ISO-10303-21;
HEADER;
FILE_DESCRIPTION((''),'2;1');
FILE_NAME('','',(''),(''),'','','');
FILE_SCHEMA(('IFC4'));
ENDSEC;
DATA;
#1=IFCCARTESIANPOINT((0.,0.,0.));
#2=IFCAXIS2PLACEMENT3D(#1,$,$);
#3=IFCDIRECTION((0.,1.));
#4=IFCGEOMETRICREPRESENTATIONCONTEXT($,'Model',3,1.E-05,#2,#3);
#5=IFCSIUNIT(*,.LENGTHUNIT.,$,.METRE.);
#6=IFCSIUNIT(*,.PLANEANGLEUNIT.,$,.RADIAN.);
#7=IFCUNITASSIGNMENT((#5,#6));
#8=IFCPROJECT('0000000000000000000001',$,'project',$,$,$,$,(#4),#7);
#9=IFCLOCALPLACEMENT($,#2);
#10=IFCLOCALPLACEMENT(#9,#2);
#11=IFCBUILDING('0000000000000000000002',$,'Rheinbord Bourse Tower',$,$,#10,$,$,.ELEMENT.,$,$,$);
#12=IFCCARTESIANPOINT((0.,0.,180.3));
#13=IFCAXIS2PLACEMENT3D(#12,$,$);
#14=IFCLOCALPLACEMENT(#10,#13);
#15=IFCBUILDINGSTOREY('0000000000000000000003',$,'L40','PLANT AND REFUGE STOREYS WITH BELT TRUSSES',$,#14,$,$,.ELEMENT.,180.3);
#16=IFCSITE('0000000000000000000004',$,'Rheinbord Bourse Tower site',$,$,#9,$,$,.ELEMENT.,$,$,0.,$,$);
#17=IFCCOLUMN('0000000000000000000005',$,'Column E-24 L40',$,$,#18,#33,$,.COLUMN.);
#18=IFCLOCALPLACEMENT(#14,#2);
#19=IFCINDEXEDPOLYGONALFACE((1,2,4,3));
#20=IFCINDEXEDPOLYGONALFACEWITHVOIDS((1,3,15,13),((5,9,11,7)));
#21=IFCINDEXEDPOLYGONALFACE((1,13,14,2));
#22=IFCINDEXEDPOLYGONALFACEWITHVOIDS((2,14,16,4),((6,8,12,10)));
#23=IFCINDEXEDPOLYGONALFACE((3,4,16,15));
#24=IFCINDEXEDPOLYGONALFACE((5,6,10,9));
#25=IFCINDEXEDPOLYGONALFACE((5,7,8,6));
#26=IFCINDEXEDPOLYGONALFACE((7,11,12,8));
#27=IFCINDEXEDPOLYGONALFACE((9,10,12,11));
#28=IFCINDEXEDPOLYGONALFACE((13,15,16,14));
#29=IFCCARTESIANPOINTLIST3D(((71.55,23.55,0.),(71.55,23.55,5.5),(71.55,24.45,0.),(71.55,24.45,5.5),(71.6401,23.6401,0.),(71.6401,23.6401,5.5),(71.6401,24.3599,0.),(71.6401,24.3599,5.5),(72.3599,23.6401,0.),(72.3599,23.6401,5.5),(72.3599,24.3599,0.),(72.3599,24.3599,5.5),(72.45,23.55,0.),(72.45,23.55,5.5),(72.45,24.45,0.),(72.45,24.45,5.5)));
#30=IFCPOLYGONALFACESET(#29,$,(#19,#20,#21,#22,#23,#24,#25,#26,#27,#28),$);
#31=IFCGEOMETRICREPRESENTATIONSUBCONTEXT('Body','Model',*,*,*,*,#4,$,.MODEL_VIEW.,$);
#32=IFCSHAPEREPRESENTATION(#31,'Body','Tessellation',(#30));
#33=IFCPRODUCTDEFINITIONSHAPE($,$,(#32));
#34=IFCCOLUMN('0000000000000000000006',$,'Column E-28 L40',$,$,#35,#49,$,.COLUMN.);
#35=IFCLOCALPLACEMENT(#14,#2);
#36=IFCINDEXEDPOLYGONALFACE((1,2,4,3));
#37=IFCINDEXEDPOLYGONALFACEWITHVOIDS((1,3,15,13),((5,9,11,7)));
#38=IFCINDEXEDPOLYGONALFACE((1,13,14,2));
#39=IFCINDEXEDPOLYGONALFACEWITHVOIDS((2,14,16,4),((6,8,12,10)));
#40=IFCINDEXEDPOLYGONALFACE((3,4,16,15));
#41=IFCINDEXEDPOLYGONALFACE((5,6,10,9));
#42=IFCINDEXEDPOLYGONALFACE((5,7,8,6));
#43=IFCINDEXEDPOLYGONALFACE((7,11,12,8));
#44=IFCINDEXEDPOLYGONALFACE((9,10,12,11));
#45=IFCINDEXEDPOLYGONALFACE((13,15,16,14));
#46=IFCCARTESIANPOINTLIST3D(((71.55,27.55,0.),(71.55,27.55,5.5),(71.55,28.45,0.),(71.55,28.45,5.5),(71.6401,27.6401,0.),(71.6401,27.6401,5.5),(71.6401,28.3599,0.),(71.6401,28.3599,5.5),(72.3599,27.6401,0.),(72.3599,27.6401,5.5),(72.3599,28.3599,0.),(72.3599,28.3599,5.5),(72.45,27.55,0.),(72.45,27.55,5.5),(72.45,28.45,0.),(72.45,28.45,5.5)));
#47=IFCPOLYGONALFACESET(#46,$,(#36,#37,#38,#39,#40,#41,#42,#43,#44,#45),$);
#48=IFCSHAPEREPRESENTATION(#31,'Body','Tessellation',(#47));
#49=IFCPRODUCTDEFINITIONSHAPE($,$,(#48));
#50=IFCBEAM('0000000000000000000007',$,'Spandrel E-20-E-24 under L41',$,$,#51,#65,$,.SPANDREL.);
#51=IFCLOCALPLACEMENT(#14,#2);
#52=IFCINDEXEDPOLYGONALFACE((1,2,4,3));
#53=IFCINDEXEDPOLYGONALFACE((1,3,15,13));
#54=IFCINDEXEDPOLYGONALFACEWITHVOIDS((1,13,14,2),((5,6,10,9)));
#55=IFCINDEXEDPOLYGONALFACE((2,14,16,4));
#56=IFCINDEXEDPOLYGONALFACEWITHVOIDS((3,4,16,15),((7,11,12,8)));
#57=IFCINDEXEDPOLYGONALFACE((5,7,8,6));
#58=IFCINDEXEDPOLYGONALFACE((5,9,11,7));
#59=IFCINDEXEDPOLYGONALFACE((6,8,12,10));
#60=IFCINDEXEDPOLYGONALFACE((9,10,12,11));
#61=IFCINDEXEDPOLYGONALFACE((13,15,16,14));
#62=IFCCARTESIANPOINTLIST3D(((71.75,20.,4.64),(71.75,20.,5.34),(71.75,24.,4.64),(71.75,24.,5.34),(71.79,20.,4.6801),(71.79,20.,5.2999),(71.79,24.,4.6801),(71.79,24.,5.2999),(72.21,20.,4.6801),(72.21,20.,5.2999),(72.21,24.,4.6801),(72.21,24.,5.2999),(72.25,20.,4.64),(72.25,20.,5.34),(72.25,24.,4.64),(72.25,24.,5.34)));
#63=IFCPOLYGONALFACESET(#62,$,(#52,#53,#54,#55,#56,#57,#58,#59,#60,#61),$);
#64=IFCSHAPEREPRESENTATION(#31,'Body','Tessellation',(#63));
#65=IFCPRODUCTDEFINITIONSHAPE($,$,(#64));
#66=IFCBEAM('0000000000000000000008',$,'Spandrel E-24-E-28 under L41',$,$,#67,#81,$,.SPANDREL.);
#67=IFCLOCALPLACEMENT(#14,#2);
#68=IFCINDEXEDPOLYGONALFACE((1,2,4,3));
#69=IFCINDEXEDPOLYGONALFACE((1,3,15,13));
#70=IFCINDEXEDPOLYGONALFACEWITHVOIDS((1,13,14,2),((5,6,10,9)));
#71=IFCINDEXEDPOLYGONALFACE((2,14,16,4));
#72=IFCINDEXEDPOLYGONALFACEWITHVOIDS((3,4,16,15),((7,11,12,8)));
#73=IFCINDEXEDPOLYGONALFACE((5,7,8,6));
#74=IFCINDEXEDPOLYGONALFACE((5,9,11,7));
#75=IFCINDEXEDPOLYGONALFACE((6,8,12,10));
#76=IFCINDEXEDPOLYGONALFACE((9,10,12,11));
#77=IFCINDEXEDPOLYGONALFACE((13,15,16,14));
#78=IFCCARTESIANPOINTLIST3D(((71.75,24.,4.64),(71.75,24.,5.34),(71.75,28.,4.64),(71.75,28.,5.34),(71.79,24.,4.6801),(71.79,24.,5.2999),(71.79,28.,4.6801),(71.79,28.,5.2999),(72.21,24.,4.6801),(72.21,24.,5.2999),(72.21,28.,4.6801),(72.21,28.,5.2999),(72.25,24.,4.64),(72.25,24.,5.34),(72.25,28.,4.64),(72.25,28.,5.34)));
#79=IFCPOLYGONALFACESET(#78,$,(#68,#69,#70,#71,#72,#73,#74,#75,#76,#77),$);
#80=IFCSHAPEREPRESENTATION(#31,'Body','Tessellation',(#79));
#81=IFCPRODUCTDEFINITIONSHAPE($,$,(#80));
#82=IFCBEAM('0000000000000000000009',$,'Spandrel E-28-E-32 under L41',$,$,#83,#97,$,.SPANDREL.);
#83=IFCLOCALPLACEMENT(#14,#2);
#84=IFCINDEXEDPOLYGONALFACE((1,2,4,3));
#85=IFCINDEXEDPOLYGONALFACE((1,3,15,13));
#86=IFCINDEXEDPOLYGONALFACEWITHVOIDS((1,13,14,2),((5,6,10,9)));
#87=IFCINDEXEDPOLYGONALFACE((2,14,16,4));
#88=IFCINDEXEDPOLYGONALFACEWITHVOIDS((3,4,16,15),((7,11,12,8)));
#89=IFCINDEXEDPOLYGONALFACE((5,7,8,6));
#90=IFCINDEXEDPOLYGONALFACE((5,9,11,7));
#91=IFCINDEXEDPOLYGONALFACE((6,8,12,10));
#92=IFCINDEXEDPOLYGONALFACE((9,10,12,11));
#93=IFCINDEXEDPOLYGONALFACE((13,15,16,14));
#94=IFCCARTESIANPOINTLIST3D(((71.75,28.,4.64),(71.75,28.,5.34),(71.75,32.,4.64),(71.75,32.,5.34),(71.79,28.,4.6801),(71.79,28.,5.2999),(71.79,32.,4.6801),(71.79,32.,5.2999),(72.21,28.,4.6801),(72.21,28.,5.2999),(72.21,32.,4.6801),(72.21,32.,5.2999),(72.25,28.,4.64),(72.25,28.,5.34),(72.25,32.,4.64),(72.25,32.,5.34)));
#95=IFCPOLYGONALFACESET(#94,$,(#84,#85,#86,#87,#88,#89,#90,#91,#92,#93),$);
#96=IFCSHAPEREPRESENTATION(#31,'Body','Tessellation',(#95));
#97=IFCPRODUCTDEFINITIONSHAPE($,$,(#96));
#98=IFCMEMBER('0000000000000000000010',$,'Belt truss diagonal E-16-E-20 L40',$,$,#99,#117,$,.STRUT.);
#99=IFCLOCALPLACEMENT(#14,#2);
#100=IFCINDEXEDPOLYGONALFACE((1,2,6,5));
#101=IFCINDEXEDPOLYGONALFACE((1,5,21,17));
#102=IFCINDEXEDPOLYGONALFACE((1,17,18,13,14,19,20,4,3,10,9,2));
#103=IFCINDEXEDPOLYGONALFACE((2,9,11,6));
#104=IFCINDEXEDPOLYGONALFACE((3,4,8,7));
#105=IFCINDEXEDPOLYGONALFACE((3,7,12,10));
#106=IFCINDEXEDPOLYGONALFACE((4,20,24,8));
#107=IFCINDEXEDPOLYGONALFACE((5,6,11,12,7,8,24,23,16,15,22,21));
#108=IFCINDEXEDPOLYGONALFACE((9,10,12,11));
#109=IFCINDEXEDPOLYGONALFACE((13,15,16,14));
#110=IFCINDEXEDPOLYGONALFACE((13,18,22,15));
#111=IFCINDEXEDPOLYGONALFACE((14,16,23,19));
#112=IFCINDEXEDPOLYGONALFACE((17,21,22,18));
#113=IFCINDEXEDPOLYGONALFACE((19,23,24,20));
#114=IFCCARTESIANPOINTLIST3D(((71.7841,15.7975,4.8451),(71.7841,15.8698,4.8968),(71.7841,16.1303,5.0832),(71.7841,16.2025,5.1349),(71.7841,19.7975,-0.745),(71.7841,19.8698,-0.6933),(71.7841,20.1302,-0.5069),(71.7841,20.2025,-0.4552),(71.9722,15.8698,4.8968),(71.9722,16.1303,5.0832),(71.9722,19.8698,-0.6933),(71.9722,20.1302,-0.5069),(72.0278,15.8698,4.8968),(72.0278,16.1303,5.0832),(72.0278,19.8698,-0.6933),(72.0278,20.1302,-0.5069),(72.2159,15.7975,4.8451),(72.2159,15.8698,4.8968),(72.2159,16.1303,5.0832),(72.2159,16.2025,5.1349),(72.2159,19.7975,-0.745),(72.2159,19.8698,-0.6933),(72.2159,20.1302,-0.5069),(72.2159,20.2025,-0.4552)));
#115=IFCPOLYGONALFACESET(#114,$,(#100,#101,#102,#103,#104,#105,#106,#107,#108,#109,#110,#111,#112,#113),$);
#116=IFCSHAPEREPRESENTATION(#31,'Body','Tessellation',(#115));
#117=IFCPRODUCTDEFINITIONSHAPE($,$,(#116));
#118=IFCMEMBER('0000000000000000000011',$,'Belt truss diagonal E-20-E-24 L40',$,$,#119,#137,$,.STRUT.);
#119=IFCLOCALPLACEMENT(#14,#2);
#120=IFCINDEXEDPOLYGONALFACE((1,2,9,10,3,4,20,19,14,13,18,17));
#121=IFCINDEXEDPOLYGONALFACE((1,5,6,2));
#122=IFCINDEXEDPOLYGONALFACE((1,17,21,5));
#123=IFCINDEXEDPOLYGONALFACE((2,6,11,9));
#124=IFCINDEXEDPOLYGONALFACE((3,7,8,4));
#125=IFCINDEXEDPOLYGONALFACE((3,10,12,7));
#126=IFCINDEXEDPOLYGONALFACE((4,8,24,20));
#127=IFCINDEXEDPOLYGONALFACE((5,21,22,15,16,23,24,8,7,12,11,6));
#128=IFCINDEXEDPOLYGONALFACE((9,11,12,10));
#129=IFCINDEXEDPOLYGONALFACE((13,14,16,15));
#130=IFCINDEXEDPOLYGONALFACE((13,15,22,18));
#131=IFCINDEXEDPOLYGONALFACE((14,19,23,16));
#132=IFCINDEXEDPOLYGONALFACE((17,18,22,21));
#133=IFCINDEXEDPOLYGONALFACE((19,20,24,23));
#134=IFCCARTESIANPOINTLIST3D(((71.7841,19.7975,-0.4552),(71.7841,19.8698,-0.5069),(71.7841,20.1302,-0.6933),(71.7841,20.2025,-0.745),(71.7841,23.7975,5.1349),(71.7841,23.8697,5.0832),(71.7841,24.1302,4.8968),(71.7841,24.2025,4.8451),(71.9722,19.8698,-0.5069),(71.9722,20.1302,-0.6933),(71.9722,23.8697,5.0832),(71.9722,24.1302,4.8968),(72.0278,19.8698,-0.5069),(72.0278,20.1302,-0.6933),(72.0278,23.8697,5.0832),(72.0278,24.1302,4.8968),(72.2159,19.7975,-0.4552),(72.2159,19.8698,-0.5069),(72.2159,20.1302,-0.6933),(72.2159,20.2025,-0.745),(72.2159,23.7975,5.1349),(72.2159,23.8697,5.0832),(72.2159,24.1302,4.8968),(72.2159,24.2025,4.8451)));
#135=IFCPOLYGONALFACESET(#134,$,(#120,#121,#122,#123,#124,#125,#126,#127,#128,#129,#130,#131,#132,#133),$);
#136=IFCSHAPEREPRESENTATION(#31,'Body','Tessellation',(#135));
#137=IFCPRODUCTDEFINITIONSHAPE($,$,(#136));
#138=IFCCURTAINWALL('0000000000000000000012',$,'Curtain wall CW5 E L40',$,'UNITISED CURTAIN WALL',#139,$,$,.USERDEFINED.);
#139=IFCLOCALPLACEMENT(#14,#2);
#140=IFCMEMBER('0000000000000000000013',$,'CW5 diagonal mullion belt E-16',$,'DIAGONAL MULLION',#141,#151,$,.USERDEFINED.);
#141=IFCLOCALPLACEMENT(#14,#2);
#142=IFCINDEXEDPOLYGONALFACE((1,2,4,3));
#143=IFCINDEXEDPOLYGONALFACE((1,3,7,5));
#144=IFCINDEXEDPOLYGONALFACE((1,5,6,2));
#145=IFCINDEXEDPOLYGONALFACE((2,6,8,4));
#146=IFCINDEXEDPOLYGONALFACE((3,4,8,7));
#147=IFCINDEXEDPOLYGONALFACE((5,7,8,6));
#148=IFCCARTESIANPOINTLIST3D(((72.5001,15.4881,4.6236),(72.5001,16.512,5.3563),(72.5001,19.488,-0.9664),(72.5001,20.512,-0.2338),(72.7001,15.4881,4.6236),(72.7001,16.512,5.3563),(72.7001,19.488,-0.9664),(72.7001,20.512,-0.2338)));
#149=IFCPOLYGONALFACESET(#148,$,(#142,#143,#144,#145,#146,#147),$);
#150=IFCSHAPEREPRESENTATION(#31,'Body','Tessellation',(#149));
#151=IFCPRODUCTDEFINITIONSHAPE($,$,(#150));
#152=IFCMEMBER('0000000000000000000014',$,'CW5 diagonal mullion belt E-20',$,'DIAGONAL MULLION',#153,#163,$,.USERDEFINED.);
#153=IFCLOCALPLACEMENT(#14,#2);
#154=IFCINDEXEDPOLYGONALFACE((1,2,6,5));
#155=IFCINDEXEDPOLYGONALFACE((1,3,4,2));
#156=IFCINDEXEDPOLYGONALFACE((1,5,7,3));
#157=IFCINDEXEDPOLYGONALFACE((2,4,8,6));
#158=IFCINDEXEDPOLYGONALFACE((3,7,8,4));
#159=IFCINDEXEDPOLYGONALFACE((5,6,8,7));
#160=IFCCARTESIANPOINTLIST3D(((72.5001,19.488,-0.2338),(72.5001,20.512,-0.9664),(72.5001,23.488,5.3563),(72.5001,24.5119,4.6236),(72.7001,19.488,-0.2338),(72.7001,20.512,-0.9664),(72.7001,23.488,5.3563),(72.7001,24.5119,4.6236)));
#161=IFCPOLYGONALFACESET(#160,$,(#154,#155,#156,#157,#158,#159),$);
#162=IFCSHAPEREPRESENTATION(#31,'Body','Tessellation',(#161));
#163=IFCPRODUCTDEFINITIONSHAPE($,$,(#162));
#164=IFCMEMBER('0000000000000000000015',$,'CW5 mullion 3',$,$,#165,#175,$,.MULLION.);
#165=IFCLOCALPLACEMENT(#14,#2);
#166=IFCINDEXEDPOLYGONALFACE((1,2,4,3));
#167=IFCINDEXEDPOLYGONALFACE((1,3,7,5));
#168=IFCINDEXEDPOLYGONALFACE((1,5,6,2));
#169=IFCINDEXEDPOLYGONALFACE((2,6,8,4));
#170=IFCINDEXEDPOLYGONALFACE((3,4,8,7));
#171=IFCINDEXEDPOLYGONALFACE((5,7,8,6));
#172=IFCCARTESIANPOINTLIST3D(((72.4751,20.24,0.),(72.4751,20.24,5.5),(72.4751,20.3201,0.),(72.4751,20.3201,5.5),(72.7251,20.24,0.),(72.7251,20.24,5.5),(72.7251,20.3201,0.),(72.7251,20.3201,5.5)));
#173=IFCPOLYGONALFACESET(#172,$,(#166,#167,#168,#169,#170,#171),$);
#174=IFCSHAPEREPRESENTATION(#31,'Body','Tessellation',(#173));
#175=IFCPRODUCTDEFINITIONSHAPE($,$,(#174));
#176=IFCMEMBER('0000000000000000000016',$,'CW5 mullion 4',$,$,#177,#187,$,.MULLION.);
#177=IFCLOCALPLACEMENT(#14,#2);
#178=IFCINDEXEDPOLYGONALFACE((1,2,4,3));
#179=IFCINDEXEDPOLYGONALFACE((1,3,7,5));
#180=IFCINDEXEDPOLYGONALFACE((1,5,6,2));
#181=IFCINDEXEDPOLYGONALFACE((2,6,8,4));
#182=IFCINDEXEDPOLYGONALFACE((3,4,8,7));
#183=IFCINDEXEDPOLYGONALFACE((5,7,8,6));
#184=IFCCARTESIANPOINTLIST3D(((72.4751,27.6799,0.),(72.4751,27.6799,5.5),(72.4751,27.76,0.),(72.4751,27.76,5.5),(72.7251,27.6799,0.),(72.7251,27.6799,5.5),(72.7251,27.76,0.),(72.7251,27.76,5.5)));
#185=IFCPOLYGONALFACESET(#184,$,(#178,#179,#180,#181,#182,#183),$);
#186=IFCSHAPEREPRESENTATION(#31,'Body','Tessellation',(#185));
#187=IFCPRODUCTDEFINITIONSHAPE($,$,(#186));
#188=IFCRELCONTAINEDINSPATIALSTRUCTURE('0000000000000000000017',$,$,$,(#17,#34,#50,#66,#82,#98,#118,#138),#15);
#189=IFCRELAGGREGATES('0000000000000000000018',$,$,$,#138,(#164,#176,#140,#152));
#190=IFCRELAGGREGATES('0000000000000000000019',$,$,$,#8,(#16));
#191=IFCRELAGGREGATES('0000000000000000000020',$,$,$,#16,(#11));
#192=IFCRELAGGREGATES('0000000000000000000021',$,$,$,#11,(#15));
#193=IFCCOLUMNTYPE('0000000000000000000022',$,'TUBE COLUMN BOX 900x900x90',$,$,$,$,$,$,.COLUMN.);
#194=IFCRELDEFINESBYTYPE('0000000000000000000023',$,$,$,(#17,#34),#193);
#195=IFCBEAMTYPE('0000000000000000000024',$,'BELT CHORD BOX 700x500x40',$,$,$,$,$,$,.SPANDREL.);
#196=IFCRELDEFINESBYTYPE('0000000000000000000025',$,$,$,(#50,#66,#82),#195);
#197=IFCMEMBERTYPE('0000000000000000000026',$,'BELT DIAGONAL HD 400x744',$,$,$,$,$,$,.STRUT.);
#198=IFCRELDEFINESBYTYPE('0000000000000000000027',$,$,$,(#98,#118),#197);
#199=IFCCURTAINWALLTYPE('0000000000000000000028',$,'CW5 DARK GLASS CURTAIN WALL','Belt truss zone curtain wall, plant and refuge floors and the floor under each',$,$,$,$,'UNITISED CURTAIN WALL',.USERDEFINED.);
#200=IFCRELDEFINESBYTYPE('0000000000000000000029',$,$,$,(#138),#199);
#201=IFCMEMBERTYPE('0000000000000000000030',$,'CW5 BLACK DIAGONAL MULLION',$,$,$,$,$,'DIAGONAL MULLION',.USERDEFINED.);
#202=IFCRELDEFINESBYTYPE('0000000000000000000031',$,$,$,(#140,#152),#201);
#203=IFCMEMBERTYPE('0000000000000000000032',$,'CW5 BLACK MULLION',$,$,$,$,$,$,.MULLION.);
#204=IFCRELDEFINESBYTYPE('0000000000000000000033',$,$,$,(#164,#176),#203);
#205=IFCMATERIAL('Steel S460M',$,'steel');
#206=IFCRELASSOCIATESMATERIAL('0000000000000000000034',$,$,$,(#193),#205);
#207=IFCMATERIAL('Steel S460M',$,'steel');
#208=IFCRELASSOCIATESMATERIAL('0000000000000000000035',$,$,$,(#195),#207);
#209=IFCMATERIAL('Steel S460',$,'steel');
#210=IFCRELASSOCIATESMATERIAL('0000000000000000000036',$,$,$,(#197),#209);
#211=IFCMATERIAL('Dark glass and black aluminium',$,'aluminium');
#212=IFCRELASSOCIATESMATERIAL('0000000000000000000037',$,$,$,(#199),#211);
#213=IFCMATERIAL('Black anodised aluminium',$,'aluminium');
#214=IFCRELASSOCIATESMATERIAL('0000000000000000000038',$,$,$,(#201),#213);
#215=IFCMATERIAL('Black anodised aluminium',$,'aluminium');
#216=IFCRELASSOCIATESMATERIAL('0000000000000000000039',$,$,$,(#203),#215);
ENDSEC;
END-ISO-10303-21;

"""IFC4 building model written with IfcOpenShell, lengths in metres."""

from ifc_helpers import new_model, si_unit, direction, frame, origin, origin_2d, place, context, subcontext, project, spatial, rectangle, hollow_rectangle, i_section, extrude, material, material_profile, profile_set, type_object, element, aggregate, save


model = new_model("IFC4")

# Units and contexts
model_context = context("Model", 3, precision=1e-05, world=origin(), true_north=direction((0.0, 1.0)))
body_context = subcontext(model_context, "Body", "Model", "MODEL_VIEW")
ifc_project = project(units=[si_unit("LENGTHUNIT", "METRE"), si_unit("PLANEANGLEUNIT", "RADIAN")], contexts=[model_context])

# Site, building, storey
site_placement = place(None, origin())
site = spatial("IfcSite", under=ifc_project, at=site_placement, Name="Rheinbord Bourse Tower site", CompositionType="ELEMENT", RefElevation=0.0)
building_placement = place(site_placement, origin())
building = spatial("IfcBuilding", under=site, at=building_placement, Name="Rheinbord Bourse Tower", CompositionType="ELEMENT")
storey_placement = place(building_placement, frame((0.0, 0.0, 180.3)))
storey = spatial("IfcBuildingStorey", under=building, at=storey_placement, Name="L40", Description="PLANT AND REFUGE STOREYS WITH BELT TRUSSES", CompositionType="ELEMENT", Elevation=180.3)

# Columns
ifc_material_1 = material(Name="Steel S460M", Category="steel")
ifc_material_profile_1 = material_profile(ifc_material_1, hollow_rectangle(XDim=0.8999, YDim=0.8999, WallThickness=0.0901, at=origin_2d()), Name="BOX 900x900x90")
ifc_profile_set_1 = profile_set([ifc_material_profile_1], Name="Steel S460M")
column_type = type_object("IfcColumnType", Name="TUBE COLUMN BOX 900x900x90", PredefinedType="COLUMN", material=ifc_profile_set_1)
for number, where, z_axis, x_axis, name in (
    (1, (72.0, 24.0, 0.0), (0.0, 0.0, 1.0), (1.0, 0.0, 0.0), "Column E-24 L40"),
    (2, (72.0, 28.0, 0.0), (0.0, 0.0, 1.0), (1.0, 0.0, 0.0), "Column E-28 L40"),
):
    element("IfcColumn", number, at=place(storey_placement, frame(where, z_axis=z_axis, x_axis=x_axis)), inside=storey, type_object=column_type, Name=name, PredefinedType="COLUMN", context=body_context, shape_type="SweptSolid", body=[
        extrude(hollow_rectangle(XDim=0.8999, YDim=0.8999, WallThickness=0.0901, at=origin_2d()), origin(), (0.0, 0.0, 1.0), 5.5),
    ])

# Beams
ifc_material_2 = material(Name="Steel S460M", Category="steel")
ifc_material_profile_2 = material_profile(ifc_material_2, hollow_rectangle(XDim=0.5, YDim=0.7, WallThickness=0.04, at=origin_2d()), Name="BOX 700x500x40")
ifc_profile_set_2 = profile_set([ifc_material_profile_2], Name="Steel S460M")
beam_type = type_object("IfcBeamType", Name="BELT CHORD BOX 700x500x40", PredefinedType="SPANDREL", material=ifc_profile_set_2)
for number, where, z_axis, x_axis, name in (
    (3, (72.0, 20.0, 4.99), (0.0, 1.0, 0.0), (-1.0, 0.0, 0.0), "Spandrel E-20-E-24 under L41"),
    (4, (72.0, 24.0, 4.99), (0.0, 1.0, 0.0), (-1.0, 0.0, 0.0), "Spandrel E-24-E-28 under L41"),
    (5, (72.0, 28.0, 4.99), (0.0, 1.0, 0.0), (-1.0, 0.0, 0.0), "Spandrel E-28-E-32 under L41"),
):
    element("IfcBeam", number, at=place(storey_placement, frame(where, z_axis=z_axis, x_axis=x_axis)), inside=storey, type_object=beam_type, Name=name, PredefinedType="SPANDREL", context=body_context, shape_type="SweptSolid", body=[
        extrude(hollow_rectangle(XDim=0.5, YDim=0.7, WallThickness=0.04, at=origin_2d()), origin(), (0.0, 0.0, 1.0), 4.0),
    ])

# Members
ifc_material_3 = material(Name="Steel S460", Category="steel")
ifc_material_profile_3 = material_profile(ifc_material_3, i_section(OverallWidth=0.4319, OverallDepth=0.498, WebThickness=0.0557, FlangeThickness=0.0889, at=origin_2d()), Name="HD 400x744")
ifc_profile_set_3 = profile_set([ifc_material_profile_3], Name="Steel S460")
member_type_1 = type_object("IfcMemberType", Name="BELT DIAGONAL HD 400x744", PredefinedType="STRUT", material=ifc_profile_set_3)
for number, where, z_axis, x_axis, name in (
    (6, (72.0, 20.0, -0.6001), (0.0, -0.58192, 0.813246), (1.0, 0.0, 0.0), "Belt truss diagonal E-16-E-20 L40"),
    (7, (72.0, 20.0, -0.6001), (0.0, 0.58192, 0.813246), (-1.0, 0.0, 0.0), "Belt truss diagonal E-20-E-24 L40"),
):
    element("IfcMember", number, at=place(storey_placement, frame(where, z_axis=z_axis, x_axis=x_axis)), inside=storey, type_object=member_type_1, Name=name, PredefinedType="STRUT", context=body_context, shape_type="SweptSolid", body=[
        extrude(i_section(OverallWidth=0.4319, OverallDepth=0.498, WebThickness=0.0557, FlangeThickness=0.0889, at=origin_2d()), origin(), (0.0, 0.0, 1.0), 6.8738),
    ])

# Curtain wall, members
ifc_material_4 = material(Name="Dark glass and black aluminium", Category="aluminium")
curtain_wall_type = type_object("IfcCurtainWallType", Name="CW5 DARK GLASS CURTAIN WALL", Description="Belt truss zone curtain wall, plant and refuge floors and the floor under each", ElementType="UNITISED CURTAIN WALL", PredefinedType="USERDEFINED", material=ifc_material_4)
curtain_wall_placement = place(storey_placement, origin())
curtain_wall = element("IfcCurtainWall", 8, at=curtain_wall_placement, inside=storey, type_object=curtain_wall_type, Name="Curtain wall CW5 E L40", ObjectType="UNITISED CURTAIN WALL", PredefinedType="USERDEFINED")
ifc_material_5 = material(Name="Black anodised aluminium", Category="aluminium")
ifc_material_profile_4 = material_profile(ifc_material_5, rectangle(XDim=0.2, YDim=1.259, at=origin_2d()), Name="CW5 DIAGONAL MULLION 1259x200")
ifc_profile_set_4 = profile_set([ifc_material_profile_4], Name="Black anodised aluminium")
member_type_2 = type_object("IfcMemberType", Name="CW5 BLACK DIAGONAL MULLION", ElementType="DIAGONAL MULLION", PredefinedType="USERDEFINED", material=ifc_profile_set_4)
member_1_placement = place(storey_placement, frame((72.6001, 20.0, -0.6001), z_axis=(0.0, -0.58192, 0.813246), x_axis=(1.0, 0.0, 0.0)))
member_1 = element("IfcMember", 9, at=member_1_placement, type_object=member_type_2, Name="CW5 diagonal mullion belt E-16", ObjectType="DIAGONAL MULLION", PredefinedType="USERDEFINED", context=body_context, shape_type="SweptSolid", body=[
    extrude(rectangle(XDim=0.2, YDim=1.259, at=origin_2d()), origin(), (0.0, 0.0, 1.0), 6.8738),
])
member_2_placement = place(storey_placement, frame((72.6001, 20.0, -0.6001), z_axis=(0.0, 0.58192, 0.813246), x_axis=(-1.0, 0.0, 0.0)))
member_2 = element("IfcMember", 10, at=member_2_placement, type_object=member_type_2, Name="CW5 diagonal mullion belt E-20", ObjectType="DIAGONAL MULLION", PredefinedType="USERDEFINED", context=body_context, shape_type="SweptSolid", body=[
    extrude(rectangle(XDim=0.2, YDim=1.259, at=origin_2d()), origin(), (0.0, 0.0, 1.0), 6.8738),
])
ifc_material_6 = material(Name="Black anodised aluminium", Category="aluminium")
ifc_material_profile_5 = material_profile(ifc_material_6, rectangle(XDim=0.25, YDim=0.0801, at=origin_2d()), Name="CW5 MULLION 80x250")
ifc_profile_set_5 = profile_set([ifc_material_profile_5], Name="Black anodised aluminium")
member_type_3 = type_object("IfcMemberType", Name="CW5 BLACK MULLION", PredefinedType="MULLION", material=ifc_profile_set_5)
member_3_placement = place(storey_placement, frame((72.6001, 20.28, 0.0), z_axis=(0.0, 0.0, 1.0), x_axis=(-1.0, 0.0, 0.0)))
member_3 = element("IfcMember", 11, at=member_3_placement, type_object=member_type_3, Name="CW5 mullion 3", PredefinedType="MULLION", context=body_context, shape_type="SweptSolid", body=[
    extrude(rectangle(XDim=0.25, YDim=0.0801, at=origin_2d()), origin(), (0.0, 0.0, 1.0), 5.5),
])
member_4_placement = place(storey_placement, frame((72.6001, 27.72, 0.0), z_axis=(0.0, 0.0, 1.0), x_axis=(-1.0, 0.0, 0.0)))
member_4 = element("IfcMember", 12, at=member_4_placement, type_object=member_type_3, Name="CW5 mullion 4", PredefinedType="MULLION", context=body_context, shape_type="SweptSolid", body=[
    extrude(rectangle(XDim=0.25, YDim=0.0801, at=origin_2d()), origin(), (0.0, 0.0, 1.0), 5.5),
])
aggregate(curtain_wall, [member_3, member_4, member_1, member_2])

save(model, "model.ifc")
